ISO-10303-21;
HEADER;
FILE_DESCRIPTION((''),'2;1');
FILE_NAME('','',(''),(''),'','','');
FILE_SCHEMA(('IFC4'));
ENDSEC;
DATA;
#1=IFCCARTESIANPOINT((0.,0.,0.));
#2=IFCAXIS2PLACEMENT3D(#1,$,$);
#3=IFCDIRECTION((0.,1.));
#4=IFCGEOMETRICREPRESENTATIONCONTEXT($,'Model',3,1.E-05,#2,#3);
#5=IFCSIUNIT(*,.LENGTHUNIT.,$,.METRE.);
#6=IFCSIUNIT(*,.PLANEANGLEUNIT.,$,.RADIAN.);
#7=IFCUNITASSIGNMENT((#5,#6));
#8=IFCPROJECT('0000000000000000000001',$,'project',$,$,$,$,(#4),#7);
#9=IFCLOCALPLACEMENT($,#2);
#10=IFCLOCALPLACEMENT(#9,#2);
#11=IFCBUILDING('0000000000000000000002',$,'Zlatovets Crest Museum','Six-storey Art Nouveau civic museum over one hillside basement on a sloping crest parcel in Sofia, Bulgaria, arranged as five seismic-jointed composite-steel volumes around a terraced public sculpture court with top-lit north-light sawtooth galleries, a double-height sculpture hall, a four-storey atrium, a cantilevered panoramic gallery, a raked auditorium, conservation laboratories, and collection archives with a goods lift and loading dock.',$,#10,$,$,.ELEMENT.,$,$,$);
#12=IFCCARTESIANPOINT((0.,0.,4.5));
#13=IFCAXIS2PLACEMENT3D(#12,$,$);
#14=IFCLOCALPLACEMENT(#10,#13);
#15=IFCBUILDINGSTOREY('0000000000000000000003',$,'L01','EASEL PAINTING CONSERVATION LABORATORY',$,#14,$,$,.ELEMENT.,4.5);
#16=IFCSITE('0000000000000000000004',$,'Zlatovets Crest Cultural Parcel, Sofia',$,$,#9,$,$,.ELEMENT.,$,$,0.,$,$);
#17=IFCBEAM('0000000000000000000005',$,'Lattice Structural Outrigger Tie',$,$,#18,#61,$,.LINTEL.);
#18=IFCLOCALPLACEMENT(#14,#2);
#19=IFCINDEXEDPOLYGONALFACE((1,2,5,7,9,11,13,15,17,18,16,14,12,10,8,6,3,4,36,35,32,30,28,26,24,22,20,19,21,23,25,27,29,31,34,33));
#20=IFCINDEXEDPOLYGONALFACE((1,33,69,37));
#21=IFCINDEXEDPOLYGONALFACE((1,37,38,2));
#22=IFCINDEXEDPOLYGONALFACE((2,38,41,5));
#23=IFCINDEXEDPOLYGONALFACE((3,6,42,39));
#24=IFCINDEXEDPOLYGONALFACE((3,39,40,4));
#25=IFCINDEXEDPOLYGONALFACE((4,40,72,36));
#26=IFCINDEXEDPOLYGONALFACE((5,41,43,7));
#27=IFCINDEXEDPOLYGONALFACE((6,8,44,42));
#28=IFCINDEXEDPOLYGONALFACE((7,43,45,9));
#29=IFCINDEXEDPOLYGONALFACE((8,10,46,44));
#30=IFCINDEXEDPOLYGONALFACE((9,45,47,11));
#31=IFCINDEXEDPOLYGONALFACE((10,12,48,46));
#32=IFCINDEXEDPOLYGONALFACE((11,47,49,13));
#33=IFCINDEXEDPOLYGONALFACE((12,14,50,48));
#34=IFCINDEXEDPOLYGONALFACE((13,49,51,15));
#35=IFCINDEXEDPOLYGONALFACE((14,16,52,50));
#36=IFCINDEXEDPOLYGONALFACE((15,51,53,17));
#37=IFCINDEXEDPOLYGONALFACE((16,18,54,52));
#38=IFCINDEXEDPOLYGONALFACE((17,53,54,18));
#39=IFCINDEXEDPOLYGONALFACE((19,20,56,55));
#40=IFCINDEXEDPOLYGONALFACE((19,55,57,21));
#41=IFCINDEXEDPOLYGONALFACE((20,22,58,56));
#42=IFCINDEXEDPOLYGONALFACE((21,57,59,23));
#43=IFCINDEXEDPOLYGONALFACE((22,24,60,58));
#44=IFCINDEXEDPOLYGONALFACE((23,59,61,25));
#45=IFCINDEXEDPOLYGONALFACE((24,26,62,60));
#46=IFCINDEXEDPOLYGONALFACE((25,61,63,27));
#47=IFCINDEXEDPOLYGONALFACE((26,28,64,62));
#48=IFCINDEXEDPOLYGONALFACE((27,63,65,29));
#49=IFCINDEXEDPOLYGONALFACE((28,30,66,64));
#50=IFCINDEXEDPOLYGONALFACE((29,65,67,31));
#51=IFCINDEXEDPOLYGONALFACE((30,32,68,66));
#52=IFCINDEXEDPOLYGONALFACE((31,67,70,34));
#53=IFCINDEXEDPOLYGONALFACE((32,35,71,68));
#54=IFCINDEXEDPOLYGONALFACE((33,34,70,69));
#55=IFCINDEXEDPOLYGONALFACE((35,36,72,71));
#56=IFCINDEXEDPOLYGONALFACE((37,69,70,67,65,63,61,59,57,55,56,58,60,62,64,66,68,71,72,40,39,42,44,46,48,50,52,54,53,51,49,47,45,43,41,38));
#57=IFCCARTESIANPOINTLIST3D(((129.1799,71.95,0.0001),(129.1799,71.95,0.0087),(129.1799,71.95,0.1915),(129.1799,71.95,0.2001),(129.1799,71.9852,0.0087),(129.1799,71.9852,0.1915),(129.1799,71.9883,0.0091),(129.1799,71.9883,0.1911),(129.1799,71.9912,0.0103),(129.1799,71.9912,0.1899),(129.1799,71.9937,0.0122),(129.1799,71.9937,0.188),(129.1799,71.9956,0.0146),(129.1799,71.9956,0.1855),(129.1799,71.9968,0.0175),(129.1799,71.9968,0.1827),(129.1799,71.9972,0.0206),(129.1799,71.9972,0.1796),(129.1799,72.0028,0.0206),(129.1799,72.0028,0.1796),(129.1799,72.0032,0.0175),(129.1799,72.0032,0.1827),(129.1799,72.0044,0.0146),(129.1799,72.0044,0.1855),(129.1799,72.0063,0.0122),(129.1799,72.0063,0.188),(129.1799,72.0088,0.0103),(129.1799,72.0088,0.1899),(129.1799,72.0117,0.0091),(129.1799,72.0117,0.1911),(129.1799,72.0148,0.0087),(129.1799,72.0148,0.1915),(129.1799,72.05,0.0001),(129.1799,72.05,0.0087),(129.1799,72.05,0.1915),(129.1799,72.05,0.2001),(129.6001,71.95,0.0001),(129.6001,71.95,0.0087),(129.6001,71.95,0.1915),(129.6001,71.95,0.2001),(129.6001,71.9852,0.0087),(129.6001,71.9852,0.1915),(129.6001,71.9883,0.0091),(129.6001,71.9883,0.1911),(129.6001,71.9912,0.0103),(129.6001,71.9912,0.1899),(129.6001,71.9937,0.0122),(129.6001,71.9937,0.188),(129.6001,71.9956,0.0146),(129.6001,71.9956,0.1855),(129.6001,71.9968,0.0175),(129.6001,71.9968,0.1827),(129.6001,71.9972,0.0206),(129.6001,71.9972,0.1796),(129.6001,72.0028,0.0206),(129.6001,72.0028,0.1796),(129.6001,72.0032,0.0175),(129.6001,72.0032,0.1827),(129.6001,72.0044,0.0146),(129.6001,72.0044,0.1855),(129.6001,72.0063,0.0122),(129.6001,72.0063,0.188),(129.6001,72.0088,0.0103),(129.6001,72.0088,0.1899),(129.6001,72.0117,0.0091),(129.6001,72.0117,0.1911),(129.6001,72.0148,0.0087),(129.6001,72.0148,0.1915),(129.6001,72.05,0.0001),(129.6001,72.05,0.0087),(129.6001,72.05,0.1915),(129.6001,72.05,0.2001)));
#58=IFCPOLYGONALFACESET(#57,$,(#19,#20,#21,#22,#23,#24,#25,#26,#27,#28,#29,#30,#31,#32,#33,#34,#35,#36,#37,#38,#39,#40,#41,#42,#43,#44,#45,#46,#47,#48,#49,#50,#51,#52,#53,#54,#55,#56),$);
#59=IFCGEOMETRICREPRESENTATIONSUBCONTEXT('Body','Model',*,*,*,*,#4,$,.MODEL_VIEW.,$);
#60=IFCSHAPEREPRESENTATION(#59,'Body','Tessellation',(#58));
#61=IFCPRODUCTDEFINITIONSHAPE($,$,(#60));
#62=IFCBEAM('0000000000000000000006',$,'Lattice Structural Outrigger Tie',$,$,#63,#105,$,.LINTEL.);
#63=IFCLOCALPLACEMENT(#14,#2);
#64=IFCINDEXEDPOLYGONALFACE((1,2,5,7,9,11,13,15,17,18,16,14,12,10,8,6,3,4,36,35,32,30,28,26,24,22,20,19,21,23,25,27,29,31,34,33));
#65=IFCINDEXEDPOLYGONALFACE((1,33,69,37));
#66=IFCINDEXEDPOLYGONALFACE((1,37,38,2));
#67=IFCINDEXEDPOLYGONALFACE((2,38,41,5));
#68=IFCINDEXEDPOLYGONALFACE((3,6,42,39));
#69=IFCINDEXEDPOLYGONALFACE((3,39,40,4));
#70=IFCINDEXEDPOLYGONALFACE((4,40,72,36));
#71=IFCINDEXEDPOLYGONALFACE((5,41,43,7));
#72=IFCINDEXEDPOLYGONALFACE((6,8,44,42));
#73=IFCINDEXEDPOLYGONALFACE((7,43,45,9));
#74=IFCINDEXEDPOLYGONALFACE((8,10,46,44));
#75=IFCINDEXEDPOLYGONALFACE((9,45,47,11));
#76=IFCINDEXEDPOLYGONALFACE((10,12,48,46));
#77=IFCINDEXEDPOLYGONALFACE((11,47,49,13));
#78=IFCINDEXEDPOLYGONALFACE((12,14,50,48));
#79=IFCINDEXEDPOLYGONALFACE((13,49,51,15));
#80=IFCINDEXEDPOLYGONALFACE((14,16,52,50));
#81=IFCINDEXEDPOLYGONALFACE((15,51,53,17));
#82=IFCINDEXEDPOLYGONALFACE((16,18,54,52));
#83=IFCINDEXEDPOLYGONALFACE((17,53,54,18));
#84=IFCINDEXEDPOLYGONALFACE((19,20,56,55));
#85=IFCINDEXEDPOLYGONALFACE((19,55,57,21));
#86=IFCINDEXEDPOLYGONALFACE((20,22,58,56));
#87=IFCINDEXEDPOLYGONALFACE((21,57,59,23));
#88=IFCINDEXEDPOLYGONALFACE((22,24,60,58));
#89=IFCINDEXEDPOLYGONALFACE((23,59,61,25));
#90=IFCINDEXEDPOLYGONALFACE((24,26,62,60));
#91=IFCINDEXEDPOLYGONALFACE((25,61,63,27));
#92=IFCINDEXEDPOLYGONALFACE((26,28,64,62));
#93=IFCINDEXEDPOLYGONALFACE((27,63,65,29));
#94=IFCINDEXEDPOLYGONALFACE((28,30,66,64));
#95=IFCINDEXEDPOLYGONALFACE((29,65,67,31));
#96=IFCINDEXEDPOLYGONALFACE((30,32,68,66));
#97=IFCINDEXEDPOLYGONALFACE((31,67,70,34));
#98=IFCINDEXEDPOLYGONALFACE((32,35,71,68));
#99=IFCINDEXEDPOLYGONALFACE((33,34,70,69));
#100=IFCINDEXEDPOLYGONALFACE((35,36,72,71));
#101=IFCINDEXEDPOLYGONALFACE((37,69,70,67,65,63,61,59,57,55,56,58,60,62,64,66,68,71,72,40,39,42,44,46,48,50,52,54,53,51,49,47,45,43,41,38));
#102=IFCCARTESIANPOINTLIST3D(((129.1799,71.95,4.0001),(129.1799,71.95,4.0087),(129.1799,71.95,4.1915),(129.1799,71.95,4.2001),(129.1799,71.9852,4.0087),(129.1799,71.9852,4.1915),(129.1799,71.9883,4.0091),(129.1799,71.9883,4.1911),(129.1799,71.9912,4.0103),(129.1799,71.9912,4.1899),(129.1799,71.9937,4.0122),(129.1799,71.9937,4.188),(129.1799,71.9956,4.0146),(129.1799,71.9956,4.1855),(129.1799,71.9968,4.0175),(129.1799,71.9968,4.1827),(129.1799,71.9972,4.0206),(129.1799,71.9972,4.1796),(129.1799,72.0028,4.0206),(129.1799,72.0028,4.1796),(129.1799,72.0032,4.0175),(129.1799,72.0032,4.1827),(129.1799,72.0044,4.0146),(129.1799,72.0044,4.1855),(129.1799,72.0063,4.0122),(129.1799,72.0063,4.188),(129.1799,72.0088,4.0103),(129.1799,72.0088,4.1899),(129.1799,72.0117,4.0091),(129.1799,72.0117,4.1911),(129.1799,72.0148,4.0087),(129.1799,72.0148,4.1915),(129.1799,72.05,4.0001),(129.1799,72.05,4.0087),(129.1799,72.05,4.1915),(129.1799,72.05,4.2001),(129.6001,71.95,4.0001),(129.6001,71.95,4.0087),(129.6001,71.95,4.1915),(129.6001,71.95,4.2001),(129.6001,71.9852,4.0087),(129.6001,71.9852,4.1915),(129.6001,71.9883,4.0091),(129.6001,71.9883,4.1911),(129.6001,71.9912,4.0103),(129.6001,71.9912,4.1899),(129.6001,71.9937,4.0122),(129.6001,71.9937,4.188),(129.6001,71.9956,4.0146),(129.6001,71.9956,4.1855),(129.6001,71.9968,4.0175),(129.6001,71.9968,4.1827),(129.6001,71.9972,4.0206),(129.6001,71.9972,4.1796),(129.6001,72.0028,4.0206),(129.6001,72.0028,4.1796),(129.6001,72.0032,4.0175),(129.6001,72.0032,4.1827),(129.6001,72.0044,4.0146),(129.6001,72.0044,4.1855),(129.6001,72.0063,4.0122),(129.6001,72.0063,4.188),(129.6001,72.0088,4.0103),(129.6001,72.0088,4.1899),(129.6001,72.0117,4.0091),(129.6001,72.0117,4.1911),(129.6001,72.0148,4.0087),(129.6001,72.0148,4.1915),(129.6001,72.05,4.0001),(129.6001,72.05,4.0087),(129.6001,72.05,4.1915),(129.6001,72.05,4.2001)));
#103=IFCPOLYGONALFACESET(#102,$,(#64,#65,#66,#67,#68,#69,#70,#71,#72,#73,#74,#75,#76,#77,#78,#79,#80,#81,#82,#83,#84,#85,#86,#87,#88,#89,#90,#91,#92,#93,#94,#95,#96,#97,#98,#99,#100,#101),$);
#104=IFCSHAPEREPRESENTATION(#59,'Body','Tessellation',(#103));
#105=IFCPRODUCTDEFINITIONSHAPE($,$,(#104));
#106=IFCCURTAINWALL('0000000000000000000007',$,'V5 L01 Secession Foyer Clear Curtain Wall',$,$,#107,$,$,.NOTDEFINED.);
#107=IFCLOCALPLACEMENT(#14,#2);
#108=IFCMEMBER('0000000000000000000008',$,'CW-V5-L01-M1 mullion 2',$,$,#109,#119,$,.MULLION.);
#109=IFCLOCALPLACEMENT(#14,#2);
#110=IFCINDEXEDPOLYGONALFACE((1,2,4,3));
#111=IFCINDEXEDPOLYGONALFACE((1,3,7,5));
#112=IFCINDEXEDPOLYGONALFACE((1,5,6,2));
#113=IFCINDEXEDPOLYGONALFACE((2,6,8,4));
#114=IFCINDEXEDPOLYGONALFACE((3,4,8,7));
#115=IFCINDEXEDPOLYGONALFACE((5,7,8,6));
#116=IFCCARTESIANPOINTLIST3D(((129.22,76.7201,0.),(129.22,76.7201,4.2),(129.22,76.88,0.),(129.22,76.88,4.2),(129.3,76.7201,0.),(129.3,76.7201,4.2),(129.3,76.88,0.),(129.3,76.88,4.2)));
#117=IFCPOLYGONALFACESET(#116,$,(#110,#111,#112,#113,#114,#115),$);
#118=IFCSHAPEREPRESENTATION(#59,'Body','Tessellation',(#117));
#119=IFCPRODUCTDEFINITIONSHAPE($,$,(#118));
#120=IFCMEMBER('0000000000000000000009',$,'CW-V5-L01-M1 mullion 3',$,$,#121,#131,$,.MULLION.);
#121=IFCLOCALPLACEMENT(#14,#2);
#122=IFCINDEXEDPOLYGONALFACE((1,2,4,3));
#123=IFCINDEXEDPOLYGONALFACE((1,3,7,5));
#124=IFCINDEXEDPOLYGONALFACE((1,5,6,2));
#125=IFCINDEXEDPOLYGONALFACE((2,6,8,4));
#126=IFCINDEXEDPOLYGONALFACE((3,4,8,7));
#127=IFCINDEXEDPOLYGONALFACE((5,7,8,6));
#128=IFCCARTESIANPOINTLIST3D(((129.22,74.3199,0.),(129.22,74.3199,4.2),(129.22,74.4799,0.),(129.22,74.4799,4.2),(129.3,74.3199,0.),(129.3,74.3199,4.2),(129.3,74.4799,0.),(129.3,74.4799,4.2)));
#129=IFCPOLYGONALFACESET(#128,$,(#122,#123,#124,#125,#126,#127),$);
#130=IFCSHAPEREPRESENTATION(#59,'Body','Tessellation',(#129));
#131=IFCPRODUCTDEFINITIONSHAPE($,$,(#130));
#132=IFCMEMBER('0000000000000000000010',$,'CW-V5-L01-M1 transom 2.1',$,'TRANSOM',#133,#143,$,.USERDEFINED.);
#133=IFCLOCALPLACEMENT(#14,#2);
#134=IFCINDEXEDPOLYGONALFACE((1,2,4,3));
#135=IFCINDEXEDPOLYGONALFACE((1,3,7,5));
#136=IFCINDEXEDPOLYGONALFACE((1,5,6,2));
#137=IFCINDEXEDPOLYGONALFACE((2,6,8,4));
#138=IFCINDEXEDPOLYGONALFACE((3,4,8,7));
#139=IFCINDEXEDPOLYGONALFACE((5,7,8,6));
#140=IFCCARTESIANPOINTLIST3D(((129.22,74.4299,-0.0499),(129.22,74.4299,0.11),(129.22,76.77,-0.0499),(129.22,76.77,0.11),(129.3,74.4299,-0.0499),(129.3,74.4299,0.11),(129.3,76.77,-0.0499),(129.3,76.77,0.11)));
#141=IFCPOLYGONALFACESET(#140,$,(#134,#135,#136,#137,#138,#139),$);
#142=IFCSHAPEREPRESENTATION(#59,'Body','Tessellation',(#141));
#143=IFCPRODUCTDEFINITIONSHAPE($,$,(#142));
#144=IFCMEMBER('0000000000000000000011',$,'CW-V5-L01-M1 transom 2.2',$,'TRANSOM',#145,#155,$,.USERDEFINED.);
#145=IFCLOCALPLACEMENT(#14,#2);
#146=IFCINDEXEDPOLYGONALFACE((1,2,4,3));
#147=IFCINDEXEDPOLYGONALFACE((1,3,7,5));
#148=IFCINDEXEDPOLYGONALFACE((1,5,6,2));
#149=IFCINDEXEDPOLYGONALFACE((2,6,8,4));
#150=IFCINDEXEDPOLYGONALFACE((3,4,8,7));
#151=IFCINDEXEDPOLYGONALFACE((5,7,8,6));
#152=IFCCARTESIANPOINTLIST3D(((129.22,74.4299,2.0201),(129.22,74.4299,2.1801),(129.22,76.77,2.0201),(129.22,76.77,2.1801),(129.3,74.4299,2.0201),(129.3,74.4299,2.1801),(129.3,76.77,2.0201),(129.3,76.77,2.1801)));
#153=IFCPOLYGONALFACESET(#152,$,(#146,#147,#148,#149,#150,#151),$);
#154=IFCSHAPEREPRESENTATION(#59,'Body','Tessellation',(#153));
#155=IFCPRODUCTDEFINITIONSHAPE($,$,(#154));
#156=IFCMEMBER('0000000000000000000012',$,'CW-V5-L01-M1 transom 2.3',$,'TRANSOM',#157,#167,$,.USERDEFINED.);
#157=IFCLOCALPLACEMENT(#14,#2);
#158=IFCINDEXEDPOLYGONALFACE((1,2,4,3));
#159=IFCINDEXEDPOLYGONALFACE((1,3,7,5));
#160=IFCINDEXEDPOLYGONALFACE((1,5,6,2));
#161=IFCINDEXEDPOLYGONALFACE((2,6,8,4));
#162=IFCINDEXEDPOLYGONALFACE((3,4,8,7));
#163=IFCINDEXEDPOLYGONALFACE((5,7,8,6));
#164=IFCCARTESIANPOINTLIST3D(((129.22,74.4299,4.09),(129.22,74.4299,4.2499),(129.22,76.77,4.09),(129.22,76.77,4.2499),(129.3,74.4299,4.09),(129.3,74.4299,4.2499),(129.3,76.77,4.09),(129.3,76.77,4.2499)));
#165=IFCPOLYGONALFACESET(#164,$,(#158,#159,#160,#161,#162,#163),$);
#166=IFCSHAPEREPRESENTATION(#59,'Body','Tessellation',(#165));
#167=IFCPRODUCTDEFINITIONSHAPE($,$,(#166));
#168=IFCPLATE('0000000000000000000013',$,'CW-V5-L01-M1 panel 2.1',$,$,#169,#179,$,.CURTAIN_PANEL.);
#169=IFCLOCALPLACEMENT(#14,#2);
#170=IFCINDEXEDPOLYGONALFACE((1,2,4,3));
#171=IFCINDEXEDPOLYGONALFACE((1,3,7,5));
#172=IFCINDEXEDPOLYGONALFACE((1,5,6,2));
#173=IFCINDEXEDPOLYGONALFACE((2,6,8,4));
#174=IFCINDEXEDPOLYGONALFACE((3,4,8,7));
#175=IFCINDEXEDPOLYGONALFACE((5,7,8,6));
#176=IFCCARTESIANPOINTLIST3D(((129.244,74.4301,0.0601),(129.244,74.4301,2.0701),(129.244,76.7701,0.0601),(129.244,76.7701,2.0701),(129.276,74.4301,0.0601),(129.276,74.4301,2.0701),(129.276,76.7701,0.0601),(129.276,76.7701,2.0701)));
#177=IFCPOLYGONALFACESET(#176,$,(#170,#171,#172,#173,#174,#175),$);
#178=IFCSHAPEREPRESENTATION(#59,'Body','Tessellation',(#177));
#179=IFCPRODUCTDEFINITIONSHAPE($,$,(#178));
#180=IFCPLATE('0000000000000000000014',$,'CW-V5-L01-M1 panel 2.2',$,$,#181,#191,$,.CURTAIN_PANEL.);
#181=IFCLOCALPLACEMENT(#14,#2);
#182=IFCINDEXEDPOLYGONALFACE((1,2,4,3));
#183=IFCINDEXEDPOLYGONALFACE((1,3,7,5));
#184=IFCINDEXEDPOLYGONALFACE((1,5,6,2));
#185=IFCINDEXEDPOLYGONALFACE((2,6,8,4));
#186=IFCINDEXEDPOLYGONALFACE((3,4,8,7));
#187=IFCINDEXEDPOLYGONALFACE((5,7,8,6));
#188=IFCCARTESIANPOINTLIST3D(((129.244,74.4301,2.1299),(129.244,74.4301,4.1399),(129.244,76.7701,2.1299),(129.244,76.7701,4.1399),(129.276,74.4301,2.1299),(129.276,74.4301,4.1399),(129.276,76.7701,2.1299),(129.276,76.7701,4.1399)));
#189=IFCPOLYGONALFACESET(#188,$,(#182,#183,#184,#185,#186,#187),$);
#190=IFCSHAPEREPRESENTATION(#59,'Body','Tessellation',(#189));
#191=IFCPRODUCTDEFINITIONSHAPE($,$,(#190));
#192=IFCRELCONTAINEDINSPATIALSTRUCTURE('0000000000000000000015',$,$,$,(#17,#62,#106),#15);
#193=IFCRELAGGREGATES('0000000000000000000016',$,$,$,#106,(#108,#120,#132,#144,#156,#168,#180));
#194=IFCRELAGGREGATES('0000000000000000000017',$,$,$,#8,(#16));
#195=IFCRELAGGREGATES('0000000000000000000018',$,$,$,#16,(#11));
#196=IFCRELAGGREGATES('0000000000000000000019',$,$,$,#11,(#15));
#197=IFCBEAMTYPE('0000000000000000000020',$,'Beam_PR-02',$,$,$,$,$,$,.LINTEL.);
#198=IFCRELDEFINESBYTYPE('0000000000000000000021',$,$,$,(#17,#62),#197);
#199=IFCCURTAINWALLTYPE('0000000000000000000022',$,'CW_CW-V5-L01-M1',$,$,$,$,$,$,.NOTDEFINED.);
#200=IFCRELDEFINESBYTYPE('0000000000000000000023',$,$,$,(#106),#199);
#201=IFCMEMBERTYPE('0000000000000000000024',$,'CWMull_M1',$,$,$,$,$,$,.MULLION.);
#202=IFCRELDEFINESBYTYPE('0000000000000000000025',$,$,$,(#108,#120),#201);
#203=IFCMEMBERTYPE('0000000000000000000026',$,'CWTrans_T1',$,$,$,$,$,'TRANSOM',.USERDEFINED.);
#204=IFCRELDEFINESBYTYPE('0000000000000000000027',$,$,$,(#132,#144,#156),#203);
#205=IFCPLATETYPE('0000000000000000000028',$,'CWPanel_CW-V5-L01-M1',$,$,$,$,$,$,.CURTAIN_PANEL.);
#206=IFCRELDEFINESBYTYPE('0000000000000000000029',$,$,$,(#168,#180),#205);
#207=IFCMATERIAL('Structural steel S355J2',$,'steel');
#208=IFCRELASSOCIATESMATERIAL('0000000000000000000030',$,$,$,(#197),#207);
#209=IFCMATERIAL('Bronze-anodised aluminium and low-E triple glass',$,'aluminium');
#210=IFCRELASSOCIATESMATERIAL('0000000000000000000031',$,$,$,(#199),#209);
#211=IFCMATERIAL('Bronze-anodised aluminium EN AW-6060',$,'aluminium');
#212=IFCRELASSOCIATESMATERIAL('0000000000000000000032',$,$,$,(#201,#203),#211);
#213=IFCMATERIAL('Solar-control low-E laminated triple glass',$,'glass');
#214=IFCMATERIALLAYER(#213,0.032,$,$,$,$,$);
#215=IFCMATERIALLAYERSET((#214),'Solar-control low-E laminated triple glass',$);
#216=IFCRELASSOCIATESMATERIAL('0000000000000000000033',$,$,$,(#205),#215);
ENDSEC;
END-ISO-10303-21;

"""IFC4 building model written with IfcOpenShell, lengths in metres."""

from ifc_helpers import new_model, si_unit, direction, frame, origin, origin_2d, place, context, subcontext, project, spatial, rectangle, i_section, extrude, material, layer, layer_set, material_profile, profile_set, type_object, element, aggregate, save


model = new_model("IFC4")

# Units and contexts
model_context = context("Model", 3, precision=1e-05, world=origin(), true_north=direction((0.0, 1.0)))
body_context = subcontext(model_context, "Body", "Model", "MODEL_VIEW")
ifc_project = project(units=[si_unit("LENGTHUNIT", "METRE"), si_unit("PLANEANGLEUNIT", "RADIAN")], contexts=[model_context])

# Site, building, storey
site_placement = place(None, origin())
site = spatial("IfcSite", under=ifc_project, at=site_placement, Name="Zlatovets Crest Cultural Parcel, Sofia", CompositionType="ELEMENT", RefElevation=0.0)
building_placement = place(site_placement, origin())
building = spatial("IfcBuilding", under=site, at=building_placement, Name="Zlatovets Crest Museum", Description="Six-storey Art Nouveau civic museum over one hillside basement on a sloping crest parcel in Sofia, Bulgaria, arranged as five seismic-jointed composite-steel volumes around a terraced public sculpture court with top-lit north-light sawtooth galleries, a double-height sculpture hall, a four-storey atrium, a cantilevered panoramic gallery, a raked auditorium, conservation laboratories, and collection archives with a goods lift and loading dock.", CompositionType="ELEMENT")
storey_placement = place(building_placement, frame((0.0, 0.0, 4.5)))
storey = spatial("IfcBuildingStorey", under=building, at=storey_placement, Name="L01", Description="EASEL PAINTING CONSERVATION LABORATORY", CompositionType="ELEMENT", Elevation=4.5)

# Shared definitions
ifc_material_1 = material(Name="Structural steel S355J2", Category="steel")

# Beams
ifc_material_profile_1 = material_profile(ifc_material_1, i_section(OverallWidth=0.1001, OverallDepth=0.2, WebThickness=0.0056, FlangeThickness=0.0085, FilletRadius=0.012, at=origin_2d()), Name="IPE 200")
ifc_profile_set_1 = profile_set([ifc_material_profile_1], Name="Structural steel S355J2")
beam_type_1 = type_object("IfcBeamType", Name="Beam_PR-02", PredefinedType="LINTEL", material=ifc_profile_set_1)
for number, where, z_axis, x_axis, name in (
    (1, (129.6001, 72.0, 0.1001), (-1.0, 0.0, 0.0), (0.0, -1.0, 0.0), "Lattice Structural Outrigger Tie"),
    (2, (129.6001, 72.0, 4.1001), (-1.0, 0.0, 0.0), (0.0, -1.0, 0.0), "Lattice Structural Outrigger Tie"),
):
    element("IfcBeam", number, at=place(storey_placement, frame(where, z_axis=z_axis, x_axis=x_axis)), inside=storey, type_object=beam_type_1, Name=name, PredefinedType="LINTEL", context=body_context, shape_type="SweptSolid", body=[
        extrude(i_section(OverallWidth=0.1001, OverallDepth=0.2, WebThickness=0.0056, FlangeThickness=0.0085, FilletRadius=0.012, at=origin_2d()), origin(), (0.0, 0.0, 1.0), 0.4202),
    ])

# Curtain wall, members, plates
ifc_material_2 = material(Name="Bronze-anodised aluminium and low-E triple glass", Category="aluminium")
curtain_wall_type = type_object("IfcCurtainWallType", Name="CW_CW-V5-L01-M1", PredefinedType="NOTDEFINED", material=ifc_material_2)
curtain_wall_placement = place(storey_placement, origin())
curtain_wall = element("IfcCurtainWall", 3, at=curtain_wall_placement, inside=storey, type_object=curtain_wall_type, Name="V5 L01 Secession Foyer Clear Curtain Wall", PredefinedType="NOTDEFINED")
ifc_material_3 = material(Name="Bronze-anodised aluminium EN AW-6060", Category="aluminium")
ifc_material_profile_2 = material_profile(ifc_material_3, rectangle(XDim=0.0801, YDim=0.1599, at=origin_2d()), Name="ALU 80x160")
ifc_profile_set_2 = profile_set([ifc_material_profile_2], Name="Bronze-anodised aluminium EN AW-6060")
member_type_1 = type_object("IfcMemberType", Name="CWMull_M1", PredefinedType="MULLION", material=ifc_profile_set_2)
member_1_placement = place(storey_placement, frame((129.26, 76.8, 0.0), z_axis=(0.0, 0.0, 1.0), x_axis=(1.0, 0.0, 0.0)))
member_1 = element("IfcMember", 4, at=member_1_placement, type_object=member_type_1, Name="CW-V5-L01-M1 mullion 2", PredefinedType="MULLION", context=body_context, shape_type="SweptSolid", body=[
    extrude(rectangle(XDim=0.0801, YDim=0.1599, at=origin_2d()), origin(), (0.0, 0.0, 1.0), 4.2),
])
member_2_placement = place(storey_placement, frame((129.26, 74.3999, 0.0), z_axis=(0.0, 0.0, 1.0), x_axis=(1.0, 0.0, 0.0)))
member_2 = element("IfcMember", 5, at=member_2_placement, type_object=member_type_1, Name="CW-V5-L01-M1 mullion 3", PredefinedType="MULLION", context=body_context, shape_type="SweptSolid", body=[
    extrude(rectangle(XDim=0.0801, YDim=0.1599, at=origin_2d()), origin(), (0.0, 0.0, 1.0), 4.2),
])
ifc_material_profile_3 = material_profile(ifc_material_3, rectangle(XDim=0.0801, YDim=0.1599, at=origin_2d()), Name="ALU 80x160")
ifc_profile_set_3 = profile_set([ifc_material_profile_3], Name="Bronze-anodised aluminium EN AW-6060")
member_type_2 = type_object("IfcMemberType", Name="CWTrans_T1", ElementType="TRANSOM", PredefinedType="USERDEFINED", material=ifc_profile_set_3)
member_3_placement = place(storey_placement, frame((129.26, 76.77, 0.03), z_axis=(0.0, -1.0, 0.0), x_axis=(1.0, 0.0, 0.0)))
member_3 = element("IfcMember", 6, at=member_3_placement, type_object=member_type_2, Name="CW-V5-L01-M1 transom 2.1", ObjectType="TRANSOM", PredefinedType="USERDEFINED", context=body_context, shape_type="SweptSolid", body=[
    extrude(rectangle(XDim=0.0801, YDim=0.1599, at=origin_2d()), origin(), (0.0, 0.0, 1.0), 2.3401),
])
member_4_placement = place(storey_placement, frame((129.26, 76.77, 2.1001), z_axis=(0.0, -1.0, 0.0), x_axis=(1.0, 0.0, 0.0)))
member_4 = element("IfcMember", 7, at=member_4_placement, type_object=member_type_2, Name="CW-V5-L01-M1 transom 2.2", ObjectType="TRANSOM", PredefinedType="USERDEFINED", context=body_context, shape_type="SweptSolid", body=[
    extrude(rectangle(XDim=0.0801, YDim=0.1599, at=origin_2d()), origin(), (0.0, 0.0, 1.0), 2.3401),
])
member_5_placement = place(storey_placement, frame((129.26, 76.77, 4.1699), z_axis=(0.0, -1.0, 0.0), x_axis=(1.0, 0.0, 0.0)))
member_5 = element("IfcMember", 8, at=member_5_placement, type_object=member_type_2, Name="CW-V5-L01-M1 transom 2.3", ObjectType="TRANSOM", PredefinedType="USERDEFINED", context=body_context, shape_type="SweptSolid", body=[
    extrude(rectangle(XDim=0.0801, YDim=0.1599, at=origin_2d()), origin(), (0.0, 0.0, 1.0), 2.3401),
])
ifc_material_4 = material(Name="Solar-control low-E laminated triple glass", Category="glass")
ifc_layer_1 = layer(ifc_material_4, 0.032)
ifc_layer_set_1 = layer_set([ifc_layer_1], Name="Solar-control low-E laminated triple glass")
plate_type = type_object("IfcPlateType", Name="CWPanel_CW-V5-L01-M1", PredefinedType="CURTAIN_PANEL", material=ifc_layer_set_1)
plate_1_placement = place(storey_placement, frame((129.26, 75.6001, 0.0601), z_axis=(0.0, 0.0, 1.0), x_axis=(0.0, -1.0, 0.0)))
plate_1 = element("IfcPlate", 9, at=plate_1_placement, type_object=plate_type, Name="CW-V5-L01-M1 panel 2.1", PredefinedType="CURTAIN_PANEL", context=body_context, shape_type="SweptSolid", body=[
    extrude(rectangle(XDim=2.3401, YDim=0.032, at=origin_2d()), origin(), (0.0, 0.0, 1.0), 2.01),
])
plate_2_placement = place(storey_placement, frame((129.26, 75.6001, 2.1299), z_axis=(0.0, 0.0, 1.0), x_axis=(0.0, -1.0, 0.0)))
plate_2 = element("IfcPlate", 10, at=plate_2_placement, type_object=plate_type, Name="CW-V5-L01-M1 panel 2.2", PredefinedType="CURTAIN_PANEL", context=body_context, shape_type="SweptSolid", body=[
    extrude(rectangle(XDim=2.3401, YDim=0.032, at=origin_2d()), origin(), (0.0, 0.0, 1.0), 2.01),
])
aggregate(curtain_wall, [member_1, member_2, member_3, member_4, member_5, plate_1, plate_2])

save(model, "model.ifc")
